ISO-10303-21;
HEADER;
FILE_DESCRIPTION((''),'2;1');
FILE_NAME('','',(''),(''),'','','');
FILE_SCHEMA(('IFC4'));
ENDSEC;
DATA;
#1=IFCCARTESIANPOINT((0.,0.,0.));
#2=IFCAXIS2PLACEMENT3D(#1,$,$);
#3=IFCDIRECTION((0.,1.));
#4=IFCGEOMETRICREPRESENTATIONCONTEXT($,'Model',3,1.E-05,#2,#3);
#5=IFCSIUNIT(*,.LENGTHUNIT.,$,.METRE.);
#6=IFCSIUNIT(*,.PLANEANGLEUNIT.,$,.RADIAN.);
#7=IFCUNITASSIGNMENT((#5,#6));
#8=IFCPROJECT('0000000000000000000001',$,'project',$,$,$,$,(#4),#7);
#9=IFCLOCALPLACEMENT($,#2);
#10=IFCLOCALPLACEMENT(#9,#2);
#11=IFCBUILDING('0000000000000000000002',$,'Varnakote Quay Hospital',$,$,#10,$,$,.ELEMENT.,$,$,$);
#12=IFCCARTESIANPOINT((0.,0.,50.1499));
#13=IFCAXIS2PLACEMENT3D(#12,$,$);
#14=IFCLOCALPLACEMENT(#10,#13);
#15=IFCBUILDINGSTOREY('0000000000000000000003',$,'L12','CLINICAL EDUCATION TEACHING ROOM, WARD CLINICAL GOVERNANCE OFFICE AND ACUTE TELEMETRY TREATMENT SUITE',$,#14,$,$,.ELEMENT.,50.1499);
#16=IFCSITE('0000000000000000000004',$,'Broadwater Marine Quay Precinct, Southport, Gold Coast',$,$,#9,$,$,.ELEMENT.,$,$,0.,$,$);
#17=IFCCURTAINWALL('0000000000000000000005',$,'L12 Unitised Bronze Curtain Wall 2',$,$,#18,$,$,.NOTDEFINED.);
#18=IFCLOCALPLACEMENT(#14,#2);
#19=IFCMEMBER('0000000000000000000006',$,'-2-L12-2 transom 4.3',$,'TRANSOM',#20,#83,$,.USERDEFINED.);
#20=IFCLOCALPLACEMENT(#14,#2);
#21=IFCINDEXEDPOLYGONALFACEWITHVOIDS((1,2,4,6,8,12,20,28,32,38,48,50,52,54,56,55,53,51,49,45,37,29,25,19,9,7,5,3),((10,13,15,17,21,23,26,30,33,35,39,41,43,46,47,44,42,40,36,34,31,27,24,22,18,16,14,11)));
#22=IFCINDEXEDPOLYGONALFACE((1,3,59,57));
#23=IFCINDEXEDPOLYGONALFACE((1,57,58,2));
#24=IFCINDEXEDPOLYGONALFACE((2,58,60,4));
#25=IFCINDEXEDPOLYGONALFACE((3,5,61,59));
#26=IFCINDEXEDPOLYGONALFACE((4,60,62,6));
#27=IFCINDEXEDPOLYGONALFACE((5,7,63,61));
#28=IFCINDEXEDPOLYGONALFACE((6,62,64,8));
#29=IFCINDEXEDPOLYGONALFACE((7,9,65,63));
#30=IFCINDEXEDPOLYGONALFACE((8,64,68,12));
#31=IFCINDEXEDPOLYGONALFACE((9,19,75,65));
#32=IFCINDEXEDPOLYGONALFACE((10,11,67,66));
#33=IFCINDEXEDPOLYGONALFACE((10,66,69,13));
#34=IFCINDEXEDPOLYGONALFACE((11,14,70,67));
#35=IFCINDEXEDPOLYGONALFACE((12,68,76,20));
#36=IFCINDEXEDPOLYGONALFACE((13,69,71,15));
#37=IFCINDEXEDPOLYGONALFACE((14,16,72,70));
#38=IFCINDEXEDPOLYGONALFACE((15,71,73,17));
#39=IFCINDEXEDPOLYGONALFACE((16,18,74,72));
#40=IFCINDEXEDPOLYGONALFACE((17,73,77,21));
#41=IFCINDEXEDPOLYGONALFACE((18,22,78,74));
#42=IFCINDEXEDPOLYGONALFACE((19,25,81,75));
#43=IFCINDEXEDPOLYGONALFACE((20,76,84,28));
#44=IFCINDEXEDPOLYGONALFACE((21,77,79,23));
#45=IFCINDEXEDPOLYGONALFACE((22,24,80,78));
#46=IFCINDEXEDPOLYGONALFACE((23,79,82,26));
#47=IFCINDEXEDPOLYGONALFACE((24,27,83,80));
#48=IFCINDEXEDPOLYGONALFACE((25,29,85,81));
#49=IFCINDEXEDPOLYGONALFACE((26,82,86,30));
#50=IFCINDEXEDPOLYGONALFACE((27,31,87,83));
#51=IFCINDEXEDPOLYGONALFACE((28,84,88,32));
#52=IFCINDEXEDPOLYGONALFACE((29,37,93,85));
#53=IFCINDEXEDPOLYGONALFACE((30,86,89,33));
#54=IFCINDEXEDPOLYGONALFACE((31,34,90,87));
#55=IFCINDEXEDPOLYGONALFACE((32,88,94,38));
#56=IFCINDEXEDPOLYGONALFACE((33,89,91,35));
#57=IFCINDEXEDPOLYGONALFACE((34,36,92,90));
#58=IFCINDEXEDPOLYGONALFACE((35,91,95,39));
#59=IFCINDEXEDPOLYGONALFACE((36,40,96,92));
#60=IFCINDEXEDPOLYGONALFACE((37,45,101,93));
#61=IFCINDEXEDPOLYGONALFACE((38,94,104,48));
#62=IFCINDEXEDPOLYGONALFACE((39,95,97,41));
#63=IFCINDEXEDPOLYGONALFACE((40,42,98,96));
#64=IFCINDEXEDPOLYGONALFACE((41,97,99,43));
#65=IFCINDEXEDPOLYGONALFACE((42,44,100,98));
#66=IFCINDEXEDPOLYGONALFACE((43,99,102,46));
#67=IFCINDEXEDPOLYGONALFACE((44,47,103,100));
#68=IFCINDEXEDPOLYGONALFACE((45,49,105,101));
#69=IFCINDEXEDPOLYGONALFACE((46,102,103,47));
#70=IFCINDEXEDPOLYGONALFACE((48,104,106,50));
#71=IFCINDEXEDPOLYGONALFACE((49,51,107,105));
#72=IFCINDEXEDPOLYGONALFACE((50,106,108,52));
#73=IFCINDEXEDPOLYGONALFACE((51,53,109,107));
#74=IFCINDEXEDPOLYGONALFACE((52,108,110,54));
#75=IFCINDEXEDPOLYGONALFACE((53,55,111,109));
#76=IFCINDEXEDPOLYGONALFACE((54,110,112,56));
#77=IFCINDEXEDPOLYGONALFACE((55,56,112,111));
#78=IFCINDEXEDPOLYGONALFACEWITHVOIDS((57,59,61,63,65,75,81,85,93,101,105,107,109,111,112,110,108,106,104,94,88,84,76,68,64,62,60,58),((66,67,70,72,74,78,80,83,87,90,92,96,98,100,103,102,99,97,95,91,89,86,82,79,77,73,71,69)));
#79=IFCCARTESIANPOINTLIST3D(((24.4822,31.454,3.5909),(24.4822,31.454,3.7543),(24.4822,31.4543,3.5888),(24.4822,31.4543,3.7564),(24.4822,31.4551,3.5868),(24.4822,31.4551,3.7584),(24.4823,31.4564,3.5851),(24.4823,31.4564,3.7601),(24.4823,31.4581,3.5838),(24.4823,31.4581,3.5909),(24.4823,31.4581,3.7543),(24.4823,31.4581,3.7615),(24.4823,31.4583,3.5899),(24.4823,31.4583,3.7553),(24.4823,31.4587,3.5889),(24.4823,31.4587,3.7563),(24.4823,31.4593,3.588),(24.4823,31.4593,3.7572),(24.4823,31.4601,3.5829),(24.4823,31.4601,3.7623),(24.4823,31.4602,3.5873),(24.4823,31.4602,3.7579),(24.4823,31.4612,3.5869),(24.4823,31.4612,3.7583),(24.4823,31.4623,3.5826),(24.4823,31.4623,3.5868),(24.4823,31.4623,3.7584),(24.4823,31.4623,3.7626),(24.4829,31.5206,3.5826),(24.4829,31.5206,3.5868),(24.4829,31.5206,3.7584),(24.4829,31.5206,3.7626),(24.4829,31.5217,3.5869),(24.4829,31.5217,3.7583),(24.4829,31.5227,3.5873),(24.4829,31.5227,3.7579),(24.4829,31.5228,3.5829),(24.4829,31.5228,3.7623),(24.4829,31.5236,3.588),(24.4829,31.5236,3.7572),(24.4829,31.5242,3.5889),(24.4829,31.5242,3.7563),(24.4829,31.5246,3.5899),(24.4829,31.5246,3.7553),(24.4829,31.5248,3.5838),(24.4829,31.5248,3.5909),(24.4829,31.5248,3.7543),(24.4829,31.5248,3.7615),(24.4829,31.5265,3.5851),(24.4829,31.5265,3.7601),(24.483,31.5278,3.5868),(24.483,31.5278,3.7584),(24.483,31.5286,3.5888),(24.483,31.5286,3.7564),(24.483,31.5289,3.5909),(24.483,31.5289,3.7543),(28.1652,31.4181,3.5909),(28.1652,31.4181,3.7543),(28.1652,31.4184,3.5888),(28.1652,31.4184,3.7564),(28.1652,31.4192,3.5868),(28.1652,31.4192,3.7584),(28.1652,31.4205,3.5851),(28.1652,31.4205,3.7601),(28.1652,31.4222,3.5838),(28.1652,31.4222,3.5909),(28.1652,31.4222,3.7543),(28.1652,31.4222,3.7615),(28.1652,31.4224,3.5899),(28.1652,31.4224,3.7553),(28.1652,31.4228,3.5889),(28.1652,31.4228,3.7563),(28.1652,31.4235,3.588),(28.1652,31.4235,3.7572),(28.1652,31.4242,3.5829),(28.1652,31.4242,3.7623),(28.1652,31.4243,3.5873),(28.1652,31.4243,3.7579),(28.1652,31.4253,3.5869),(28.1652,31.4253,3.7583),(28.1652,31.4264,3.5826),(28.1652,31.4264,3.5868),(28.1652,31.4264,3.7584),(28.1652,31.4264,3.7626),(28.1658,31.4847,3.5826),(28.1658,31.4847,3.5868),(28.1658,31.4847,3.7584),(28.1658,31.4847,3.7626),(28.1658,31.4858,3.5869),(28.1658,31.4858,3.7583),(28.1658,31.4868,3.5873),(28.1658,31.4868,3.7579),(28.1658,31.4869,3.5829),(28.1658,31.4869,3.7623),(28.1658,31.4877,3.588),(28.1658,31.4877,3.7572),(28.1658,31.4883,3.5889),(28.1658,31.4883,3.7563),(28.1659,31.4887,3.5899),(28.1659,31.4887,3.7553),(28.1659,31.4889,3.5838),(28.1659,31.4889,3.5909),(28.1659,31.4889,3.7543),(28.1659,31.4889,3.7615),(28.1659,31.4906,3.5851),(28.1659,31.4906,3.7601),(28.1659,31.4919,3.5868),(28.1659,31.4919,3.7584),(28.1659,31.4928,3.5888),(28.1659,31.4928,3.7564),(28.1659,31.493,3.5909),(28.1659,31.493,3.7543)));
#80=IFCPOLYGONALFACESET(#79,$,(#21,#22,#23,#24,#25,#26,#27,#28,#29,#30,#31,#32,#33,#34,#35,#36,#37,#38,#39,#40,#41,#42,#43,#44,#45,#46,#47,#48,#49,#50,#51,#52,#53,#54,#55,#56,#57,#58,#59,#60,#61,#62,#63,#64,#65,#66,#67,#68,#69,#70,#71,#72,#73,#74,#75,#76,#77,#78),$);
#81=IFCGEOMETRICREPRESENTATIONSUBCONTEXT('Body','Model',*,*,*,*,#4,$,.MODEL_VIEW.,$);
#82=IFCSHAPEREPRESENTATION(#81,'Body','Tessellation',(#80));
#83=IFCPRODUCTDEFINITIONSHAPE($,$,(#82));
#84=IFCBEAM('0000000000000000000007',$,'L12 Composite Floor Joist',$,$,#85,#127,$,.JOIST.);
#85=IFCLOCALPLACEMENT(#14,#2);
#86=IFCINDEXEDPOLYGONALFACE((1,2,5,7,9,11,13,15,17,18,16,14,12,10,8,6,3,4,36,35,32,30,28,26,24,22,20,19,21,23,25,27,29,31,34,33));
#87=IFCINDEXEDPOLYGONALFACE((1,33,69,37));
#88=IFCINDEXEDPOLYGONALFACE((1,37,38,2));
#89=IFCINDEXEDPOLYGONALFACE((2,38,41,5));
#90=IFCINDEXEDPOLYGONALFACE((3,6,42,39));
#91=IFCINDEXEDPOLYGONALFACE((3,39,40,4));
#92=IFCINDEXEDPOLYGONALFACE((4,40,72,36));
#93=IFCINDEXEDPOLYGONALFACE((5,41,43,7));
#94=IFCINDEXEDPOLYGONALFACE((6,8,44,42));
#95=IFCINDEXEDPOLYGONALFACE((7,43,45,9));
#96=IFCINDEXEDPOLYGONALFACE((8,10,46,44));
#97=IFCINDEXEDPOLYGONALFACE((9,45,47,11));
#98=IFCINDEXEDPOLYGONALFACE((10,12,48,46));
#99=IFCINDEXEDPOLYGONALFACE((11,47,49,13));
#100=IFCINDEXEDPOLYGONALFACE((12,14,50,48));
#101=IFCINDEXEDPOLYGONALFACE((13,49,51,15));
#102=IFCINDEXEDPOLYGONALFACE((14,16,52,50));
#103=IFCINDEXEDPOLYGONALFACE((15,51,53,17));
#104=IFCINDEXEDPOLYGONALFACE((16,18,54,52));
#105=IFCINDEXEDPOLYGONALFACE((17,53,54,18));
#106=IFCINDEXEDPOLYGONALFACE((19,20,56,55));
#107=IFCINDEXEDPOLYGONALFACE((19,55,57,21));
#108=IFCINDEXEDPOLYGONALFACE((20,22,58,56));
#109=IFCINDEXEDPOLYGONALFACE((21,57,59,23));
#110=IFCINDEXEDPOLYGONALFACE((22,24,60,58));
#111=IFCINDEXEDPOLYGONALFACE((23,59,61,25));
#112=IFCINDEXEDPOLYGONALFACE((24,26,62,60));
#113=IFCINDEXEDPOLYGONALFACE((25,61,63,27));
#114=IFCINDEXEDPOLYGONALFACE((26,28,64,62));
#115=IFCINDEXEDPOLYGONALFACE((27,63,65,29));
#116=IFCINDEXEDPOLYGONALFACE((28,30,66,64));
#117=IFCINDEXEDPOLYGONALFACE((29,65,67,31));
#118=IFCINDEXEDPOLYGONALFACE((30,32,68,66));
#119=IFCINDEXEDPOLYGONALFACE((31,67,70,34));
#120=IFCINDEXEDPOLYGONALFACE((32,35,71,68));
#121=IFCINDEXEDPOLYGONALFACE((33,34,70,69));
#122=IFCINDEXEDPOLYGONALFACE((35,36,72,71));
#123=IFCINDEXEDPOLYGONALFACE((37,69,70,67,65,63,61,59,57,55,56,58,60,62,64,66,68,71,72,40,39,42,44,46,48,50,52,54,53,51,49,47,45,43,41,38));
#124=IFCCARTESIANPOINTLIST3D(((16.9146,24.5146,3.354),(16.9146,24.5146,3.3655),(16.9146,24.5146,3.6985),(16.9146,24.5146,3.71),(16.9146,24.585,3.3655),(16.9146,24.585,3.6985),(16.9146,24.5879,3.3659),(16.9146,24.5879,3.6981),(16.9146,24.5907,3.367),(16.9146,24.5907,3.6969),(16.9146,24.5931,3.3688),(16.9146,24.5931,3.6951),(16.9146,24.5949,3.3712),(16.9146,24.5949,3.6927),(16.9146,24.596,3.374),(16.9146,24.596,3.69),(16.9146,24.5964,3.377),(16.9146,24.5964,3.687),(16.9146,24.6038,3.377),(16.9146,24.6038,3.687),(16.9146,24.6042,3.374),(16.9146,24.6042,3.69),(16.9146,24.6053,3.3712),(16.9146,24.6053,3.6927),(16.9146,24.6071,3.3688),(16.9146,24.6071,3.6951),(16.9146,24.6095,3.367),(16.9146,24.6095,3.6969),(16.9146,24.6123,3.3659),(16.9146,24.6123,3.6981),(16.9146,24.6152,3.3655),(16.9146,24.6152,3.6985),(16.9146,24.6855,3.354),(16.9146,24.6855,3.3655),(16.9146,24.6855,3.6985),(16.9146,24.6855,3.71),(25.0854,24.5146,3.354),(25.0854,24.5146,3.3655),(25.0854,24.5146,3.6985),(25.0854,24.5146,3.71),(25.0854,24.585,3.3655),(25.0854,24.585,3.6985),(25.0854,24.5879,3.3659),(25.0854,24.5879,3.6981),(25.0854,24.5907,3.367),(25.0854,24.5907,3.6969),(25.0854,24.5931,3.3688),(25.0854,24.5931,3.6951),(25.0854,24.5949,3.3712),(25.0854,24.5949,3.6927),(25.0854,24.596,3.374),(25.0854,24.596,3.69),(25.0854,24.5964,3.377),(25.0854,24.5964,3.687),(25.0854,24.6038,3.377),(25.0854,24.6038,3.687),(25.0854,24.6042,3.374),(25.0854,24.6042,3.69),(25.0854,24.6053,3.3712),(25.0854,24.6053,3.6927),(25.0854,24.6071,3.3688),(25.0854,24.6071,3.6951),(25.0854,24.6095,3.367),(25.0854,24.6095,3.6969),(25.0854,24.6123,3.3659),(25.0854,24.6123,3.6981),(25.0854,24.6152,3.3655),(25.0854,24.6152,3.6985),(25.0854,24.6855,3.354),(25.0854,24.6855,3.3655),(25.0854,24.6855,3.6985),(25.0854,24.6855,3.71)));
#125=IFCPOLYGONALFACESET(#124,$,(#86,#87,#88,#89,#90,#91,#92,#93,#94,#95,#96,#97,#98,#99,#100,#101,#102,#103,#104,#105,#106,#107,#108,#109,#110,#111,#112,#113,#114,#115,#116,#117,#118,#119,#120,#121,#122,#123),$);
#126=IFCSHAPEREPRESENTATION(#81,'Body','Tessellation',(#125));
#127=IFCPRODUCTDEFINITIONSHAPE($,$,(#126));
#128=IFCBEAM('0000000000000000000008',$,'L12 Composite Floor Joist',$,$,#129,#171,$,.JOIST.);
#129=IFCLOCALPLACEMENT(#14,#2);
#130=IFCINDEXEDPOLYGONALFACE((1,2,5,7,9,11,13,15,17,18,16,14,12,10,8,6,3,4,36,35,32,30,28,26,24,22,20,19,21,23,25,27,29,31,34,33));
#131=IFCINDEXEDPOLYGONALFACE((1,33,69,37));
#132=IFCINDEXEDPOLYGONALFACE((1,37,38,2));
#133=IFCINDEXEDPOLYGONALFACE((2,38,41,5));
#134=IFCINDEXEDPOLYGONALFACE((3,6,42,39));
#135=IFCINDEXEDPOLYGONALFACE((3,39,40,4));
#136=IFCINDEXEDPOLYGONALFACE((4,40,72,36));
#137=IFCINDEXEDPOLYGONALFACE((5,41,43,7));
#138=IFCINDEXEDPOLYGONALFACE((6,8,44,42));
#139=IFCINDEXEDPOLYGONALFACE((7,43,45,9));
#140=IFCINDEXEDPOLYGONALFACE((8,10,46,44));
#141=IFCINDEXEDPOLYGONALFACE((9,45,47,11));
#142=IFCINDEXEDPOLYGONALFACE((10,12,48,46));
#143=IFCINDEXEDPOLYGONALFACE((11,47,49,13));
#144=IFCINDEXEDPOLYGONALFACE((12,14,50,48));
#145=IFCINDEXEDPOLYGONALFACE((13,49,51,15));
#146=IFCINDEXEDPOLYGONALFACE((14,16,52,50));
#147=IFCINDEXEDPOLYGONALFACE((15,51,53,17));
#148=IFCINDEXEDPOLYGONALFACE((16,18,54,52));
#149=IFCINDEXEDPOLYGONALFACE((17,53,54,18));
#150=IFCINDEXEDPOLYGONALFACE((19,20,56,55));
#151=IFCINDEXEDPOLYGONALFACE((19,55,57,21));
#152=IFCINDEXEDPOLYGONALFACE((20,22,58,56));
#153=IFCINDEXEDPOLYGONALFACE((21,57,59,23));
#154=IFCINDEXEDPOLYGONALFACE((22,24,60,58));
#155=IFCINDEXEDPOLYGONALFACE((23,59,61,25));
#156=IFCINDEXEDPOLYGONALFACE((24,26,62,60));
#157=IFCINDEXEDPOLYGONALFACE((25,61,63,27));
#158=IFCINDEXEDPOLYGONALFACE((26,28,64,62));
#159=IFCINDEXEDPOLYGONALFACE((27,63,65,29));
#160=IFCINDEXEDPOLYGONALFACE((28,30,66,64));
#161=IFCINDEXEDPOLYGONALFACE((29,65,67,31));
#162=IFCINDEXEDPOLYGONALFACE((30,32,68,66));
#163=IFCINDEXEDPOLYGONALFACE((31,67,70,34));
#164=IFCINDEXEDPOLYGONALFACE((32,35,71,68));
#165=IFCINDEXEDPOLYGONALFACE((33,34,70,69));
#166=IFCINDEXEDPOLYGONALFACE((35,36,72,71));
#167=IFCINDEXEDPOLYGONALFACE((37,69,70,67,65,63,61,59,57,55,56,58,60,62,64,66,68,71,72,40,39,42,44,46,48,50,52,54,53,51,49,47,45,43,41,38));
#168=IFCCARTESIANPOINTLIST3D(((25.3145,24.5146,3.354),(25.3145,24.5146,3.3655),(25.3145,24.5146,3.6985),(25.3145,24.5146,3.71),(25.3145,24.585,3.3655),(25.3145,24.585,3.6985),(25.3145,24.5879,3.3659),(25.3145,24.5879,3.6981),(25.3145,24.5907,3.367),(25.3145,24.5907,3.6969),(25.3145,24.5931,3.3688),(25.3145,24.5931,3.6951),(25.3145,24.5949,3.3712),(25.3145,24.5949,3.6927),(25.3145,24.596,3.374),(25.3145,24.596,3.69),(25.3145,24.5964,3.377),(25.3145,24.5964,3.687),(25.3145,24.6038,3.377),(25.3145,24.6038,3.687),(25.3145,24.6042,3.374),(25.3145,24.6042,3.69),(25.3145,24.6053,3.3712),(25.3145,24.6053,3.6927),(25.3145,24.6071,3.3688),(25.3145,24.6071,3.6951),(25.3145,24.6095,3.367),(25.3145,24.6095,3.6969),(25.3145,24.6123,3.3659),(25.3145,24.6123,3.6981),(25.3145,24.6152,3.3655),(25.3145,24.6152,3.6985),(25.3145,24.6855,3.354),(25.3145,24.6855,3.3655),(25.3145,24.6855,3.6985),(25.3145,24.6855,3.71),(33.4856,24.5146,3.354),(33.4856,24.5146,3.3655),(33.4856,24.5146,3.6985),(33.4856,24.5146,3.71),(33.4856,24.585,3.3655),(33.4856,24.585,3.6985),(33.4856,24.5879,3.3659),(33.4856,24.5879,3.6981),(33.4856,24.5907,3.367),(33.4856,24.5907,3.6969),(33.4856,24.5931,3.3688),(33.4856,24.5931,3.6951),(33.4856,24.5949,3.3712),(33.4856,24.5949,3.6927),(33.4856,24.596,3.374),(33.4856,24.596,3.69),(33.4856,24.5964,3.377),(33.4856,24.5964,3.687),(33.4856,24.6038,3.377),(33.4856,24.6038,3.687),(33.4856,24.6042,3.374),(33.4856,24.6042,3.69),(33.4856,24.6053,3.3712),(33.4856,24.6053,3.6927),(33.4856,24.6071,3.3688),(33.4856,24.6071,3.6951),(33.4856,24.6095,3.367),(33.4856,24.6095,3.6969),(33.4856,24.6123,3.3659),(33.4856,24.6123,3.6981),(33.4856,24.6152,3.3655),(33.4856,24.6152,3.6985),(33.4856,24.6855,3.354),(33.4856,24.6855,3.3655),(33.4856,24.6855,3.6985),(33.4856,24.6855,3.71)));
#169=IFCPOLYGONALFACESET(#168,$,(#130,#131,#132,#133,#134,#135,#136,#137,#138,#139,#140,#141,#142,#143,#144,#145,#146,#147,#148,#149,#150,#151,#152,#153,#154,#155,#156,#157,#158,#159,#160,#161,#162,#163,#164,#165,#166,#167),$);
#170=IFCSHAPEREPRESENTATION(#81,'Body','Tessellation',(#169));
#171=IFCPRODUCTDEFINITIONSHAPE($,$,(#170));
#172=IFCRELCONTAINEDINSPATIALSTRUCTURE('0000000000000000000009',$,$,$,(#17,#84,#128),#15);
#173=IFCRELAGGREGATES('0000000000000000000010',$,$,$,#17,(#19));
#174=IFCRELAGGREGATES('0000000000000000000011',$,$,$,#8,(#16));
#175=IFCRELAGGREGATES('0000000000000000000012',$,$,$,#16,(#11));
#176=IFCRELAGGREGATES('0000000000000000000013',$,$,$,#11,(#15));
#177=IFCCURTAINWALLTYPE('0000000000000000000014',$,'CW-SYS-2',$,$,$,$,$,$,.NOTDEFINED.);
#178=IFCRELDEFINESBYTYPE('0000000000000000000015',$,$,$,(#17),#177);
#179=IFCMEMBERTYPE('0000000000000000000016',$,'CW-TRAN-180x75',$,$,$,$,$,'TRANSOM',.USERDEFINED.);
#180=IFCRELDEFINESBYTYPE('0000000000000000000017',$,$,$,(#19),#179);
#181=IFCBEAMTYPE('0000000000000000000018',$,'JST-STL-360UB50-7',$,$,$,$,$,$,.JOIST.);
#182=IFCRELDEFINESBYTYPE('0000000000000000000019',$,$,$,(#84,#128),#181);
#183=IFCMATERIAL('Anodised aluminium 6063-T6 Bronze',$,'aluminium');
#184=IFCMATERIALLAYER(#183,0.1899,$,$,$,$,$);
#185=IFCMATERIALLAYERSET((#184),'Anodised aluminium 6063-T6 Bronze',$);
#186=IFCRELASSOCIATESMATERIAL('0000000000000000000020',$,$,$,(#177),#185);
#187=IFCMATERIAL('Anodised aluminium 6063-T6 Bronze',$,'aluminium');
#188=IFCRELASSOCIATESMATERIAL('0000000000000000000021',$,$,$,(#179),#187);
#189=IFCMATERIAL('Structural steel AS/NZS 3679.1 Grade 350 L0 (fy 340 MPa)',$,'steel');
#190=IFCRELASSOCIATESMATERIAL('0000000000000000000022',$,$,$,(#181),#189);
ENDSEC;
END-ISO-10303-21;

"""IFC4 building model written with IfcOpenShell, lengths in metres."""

from ifc_helpers import new_model, si_unit, direction, frame, origin, origin_2d, place, context, subcontext, project, spatial, hollow_rectangle, i_section, extrude, material, layer, layer_set, material_profile, profile_set, type_object, element, aggregate, save


model = new_model("IFC4")

# Units and contexts
model_context = context("Model", 3, precision=1e-05, world=origin(), true_north=direction((0.0, 1.0)))
body_context = subcontext(model_context, "Body", "Model", "MODEL_VIEW")
ifc_project = project(units=[si_unit("LENGTHUNIT", "METRE"), si_unit("PLANEANGLEUNIT", "RADIAN")], contexts=[model_context])

# Site, building, storey
site_placement = place(None, origin())
site = spatial("IfcSite", under=ifc_project, at=site_placement, Name="Broadwater Marine Quay Precinct, Southport, Gold Coast", CompositionType="ELEMENT", RefElevation=0.0)
building_placement = place(site_placement, origin())
building = spatial("IfcBuilding", under=site, at=building_placement, Name="Varnakote Quay Hospital", CompositionType="ELEMENT")
storey_placement = place(building_placement, frame((0.0, 0.0, 50.1499)))
storey = spatial("IfcBuildingStorey", under=building, at=storey_placement, Name="L12", Description="CLINICAL EDUCATION TEACHING ROOM, WARD CLINICAL GOVERNANCE OFFICE AND ACUTE TELEMETRY TREATMENT SUITE", CompositionType="ELEMENT", Elevation=50.1499)

# Curtain wall, member
ifc_material_1 = material(Name="Anodised aluminium 6063-T6 Bronze", Category="aluminium")
ifc_layer_1 = layer(ifc_material_1, 0.1899)
ifc_layer_set_1 = layer_set([ifc_layer_1], Name="Anodised aluminium 6063-T6 Bronze")
curtain_wall_type = type_object("IfcCurtainWallType", Name="CW-SYS-2", PredefinedType="NOTDEFINED", material=ifc_layer_set_1)
curtain_wall_placement = place(storey_placement, origin())
curtain_wall = element("IfcCurtainWall", 1, at=curtain_wall_placement, inside=storey, type_object=curtain_wall_type, Name="L12 Unitised Bronze Curtain Wall 2", PredefinedType="NOTDEFINED")
ifc_material_2 = material(Name="Anodised aluminium 6063-T6 Bronze", Category="aluminium")
ifc_material_profile_1 = material_profile(ifc_material_2, hollow_rectangle(XDim=0.075, YDim=0.1799, WallThickness=0.0042, InnerFilletRadius=0.0042, OuterFilletRadius=0.0083, at=origin_2d()), Name="CW-TRAN-180x75")
ifc_profile_set_1 = profile_set([ifc_material_profile_1], Name="Anodised aluminium 6063-T6 Bronze")
member_type_1 = type_object("IfcMemberType", Name="CW-TRAN-180x75", ElementType="TRANSOM", PredefinedType="USERDEFINED", material=ifc_profile_set_1)
member_1_placement = place(storey_placement, frame((28.1655, 31.4556, 3.6726), z_axis=(-0.999953, 0.009744, 0.0), x_axis=(-0.009744, -0.999953, 0.0)))
member_1 = element("IfcMember", 2, at=member_1_placement, type_object=member_type_1, Name="-2-L12-2 transom 4.3", ObjectType="TRANSOM", PredefinedType="USERDEFINED", context=body_context, shape_type="SweptSolid", body=[
    extrude(hollow_rectangle(XDim=0.075, YDim=0.1799, WallThickness=0.0042, InnerFilletRadius=0.0042, OuterFilletRadius=0.0083, at=origin_2d()), origin(), (0.0, 0.0, 1.0), 3.6831),
])

# Beams
ifc_material_3 = material(Name="Structural steel AS/NZS 3679.1 Grade 350 L0 (fy 340 MPa)", Category="steel")
ifc_material_profile_2 = material_profile(ifc_material_3, i_section(OverallWidth=0.1709, OverallDepth=0.356, WebThickness=0.0073, FlangeThickness=0.0115, FilletRadius=0.0115, at=origin_2d()), Name="360UB50.7")
ifc_profile_set_2 = profile_set([ifc_material_profile_2], Name="Structural steel AS/NZS 3679.1 Grade 350 L0 (fy 340 MPa)")
beam_type_1 = type_object("IfcBeamType", Name="JST-STL-360UB50-7", PredefinedType="JOIST", material=ifc_profile_set_2)
beam_1_placement = place(storey_placement, frame((16.9146, 24.6001, 3.532), z_axis=(1.0, 0.0, 0.0), x_axis=(0.0, 1.0, 0.0)))
element("IfcBeam", 3, at=beam_1_placement, inside=storey, type_object=beam_type_1, Name="L12 Composite Floor Joist", PredefinedType="JOIST", context=body_context, shape_type="SweptSolid", body=[
    extrude(i_section(OverallWidth=0.1709, OverallDepth=0.356, WebThickness=0.0073, FlangeThickness=0.0115, FilletRadius=0.0115, at=origin_2d()), origin(), (0.0, 0.0, 1.0), 8.1709),
])
beam_2_placement = place(storey_placement, frame((25.3145, 24.6001, 3.532), z_axis=(1.0, 0.0, 0.0), x_axis=(0.0, 1.0, 0.0)))
element("IfcBeam", 4, at=beam_2_placement, inside=storey, type_object=beam_type_1, Name="L12 Composite Floor Joist", PredefinedType="JOIST", context=body_context, shape_type="SweptSolid", body=[
    extrude(i_section(OverallWidth=0.1709, OverallDepth=0.356, WebThickness=0.0073, FlangeThickness=0.0115, FilletRadius=0.0115, at=origin_2d()), origin(), (0.0, 0.0, 1.0), 8.1711),
])

aggregate(curtain_wall, [member_1])

save(model, "model.ifc")
